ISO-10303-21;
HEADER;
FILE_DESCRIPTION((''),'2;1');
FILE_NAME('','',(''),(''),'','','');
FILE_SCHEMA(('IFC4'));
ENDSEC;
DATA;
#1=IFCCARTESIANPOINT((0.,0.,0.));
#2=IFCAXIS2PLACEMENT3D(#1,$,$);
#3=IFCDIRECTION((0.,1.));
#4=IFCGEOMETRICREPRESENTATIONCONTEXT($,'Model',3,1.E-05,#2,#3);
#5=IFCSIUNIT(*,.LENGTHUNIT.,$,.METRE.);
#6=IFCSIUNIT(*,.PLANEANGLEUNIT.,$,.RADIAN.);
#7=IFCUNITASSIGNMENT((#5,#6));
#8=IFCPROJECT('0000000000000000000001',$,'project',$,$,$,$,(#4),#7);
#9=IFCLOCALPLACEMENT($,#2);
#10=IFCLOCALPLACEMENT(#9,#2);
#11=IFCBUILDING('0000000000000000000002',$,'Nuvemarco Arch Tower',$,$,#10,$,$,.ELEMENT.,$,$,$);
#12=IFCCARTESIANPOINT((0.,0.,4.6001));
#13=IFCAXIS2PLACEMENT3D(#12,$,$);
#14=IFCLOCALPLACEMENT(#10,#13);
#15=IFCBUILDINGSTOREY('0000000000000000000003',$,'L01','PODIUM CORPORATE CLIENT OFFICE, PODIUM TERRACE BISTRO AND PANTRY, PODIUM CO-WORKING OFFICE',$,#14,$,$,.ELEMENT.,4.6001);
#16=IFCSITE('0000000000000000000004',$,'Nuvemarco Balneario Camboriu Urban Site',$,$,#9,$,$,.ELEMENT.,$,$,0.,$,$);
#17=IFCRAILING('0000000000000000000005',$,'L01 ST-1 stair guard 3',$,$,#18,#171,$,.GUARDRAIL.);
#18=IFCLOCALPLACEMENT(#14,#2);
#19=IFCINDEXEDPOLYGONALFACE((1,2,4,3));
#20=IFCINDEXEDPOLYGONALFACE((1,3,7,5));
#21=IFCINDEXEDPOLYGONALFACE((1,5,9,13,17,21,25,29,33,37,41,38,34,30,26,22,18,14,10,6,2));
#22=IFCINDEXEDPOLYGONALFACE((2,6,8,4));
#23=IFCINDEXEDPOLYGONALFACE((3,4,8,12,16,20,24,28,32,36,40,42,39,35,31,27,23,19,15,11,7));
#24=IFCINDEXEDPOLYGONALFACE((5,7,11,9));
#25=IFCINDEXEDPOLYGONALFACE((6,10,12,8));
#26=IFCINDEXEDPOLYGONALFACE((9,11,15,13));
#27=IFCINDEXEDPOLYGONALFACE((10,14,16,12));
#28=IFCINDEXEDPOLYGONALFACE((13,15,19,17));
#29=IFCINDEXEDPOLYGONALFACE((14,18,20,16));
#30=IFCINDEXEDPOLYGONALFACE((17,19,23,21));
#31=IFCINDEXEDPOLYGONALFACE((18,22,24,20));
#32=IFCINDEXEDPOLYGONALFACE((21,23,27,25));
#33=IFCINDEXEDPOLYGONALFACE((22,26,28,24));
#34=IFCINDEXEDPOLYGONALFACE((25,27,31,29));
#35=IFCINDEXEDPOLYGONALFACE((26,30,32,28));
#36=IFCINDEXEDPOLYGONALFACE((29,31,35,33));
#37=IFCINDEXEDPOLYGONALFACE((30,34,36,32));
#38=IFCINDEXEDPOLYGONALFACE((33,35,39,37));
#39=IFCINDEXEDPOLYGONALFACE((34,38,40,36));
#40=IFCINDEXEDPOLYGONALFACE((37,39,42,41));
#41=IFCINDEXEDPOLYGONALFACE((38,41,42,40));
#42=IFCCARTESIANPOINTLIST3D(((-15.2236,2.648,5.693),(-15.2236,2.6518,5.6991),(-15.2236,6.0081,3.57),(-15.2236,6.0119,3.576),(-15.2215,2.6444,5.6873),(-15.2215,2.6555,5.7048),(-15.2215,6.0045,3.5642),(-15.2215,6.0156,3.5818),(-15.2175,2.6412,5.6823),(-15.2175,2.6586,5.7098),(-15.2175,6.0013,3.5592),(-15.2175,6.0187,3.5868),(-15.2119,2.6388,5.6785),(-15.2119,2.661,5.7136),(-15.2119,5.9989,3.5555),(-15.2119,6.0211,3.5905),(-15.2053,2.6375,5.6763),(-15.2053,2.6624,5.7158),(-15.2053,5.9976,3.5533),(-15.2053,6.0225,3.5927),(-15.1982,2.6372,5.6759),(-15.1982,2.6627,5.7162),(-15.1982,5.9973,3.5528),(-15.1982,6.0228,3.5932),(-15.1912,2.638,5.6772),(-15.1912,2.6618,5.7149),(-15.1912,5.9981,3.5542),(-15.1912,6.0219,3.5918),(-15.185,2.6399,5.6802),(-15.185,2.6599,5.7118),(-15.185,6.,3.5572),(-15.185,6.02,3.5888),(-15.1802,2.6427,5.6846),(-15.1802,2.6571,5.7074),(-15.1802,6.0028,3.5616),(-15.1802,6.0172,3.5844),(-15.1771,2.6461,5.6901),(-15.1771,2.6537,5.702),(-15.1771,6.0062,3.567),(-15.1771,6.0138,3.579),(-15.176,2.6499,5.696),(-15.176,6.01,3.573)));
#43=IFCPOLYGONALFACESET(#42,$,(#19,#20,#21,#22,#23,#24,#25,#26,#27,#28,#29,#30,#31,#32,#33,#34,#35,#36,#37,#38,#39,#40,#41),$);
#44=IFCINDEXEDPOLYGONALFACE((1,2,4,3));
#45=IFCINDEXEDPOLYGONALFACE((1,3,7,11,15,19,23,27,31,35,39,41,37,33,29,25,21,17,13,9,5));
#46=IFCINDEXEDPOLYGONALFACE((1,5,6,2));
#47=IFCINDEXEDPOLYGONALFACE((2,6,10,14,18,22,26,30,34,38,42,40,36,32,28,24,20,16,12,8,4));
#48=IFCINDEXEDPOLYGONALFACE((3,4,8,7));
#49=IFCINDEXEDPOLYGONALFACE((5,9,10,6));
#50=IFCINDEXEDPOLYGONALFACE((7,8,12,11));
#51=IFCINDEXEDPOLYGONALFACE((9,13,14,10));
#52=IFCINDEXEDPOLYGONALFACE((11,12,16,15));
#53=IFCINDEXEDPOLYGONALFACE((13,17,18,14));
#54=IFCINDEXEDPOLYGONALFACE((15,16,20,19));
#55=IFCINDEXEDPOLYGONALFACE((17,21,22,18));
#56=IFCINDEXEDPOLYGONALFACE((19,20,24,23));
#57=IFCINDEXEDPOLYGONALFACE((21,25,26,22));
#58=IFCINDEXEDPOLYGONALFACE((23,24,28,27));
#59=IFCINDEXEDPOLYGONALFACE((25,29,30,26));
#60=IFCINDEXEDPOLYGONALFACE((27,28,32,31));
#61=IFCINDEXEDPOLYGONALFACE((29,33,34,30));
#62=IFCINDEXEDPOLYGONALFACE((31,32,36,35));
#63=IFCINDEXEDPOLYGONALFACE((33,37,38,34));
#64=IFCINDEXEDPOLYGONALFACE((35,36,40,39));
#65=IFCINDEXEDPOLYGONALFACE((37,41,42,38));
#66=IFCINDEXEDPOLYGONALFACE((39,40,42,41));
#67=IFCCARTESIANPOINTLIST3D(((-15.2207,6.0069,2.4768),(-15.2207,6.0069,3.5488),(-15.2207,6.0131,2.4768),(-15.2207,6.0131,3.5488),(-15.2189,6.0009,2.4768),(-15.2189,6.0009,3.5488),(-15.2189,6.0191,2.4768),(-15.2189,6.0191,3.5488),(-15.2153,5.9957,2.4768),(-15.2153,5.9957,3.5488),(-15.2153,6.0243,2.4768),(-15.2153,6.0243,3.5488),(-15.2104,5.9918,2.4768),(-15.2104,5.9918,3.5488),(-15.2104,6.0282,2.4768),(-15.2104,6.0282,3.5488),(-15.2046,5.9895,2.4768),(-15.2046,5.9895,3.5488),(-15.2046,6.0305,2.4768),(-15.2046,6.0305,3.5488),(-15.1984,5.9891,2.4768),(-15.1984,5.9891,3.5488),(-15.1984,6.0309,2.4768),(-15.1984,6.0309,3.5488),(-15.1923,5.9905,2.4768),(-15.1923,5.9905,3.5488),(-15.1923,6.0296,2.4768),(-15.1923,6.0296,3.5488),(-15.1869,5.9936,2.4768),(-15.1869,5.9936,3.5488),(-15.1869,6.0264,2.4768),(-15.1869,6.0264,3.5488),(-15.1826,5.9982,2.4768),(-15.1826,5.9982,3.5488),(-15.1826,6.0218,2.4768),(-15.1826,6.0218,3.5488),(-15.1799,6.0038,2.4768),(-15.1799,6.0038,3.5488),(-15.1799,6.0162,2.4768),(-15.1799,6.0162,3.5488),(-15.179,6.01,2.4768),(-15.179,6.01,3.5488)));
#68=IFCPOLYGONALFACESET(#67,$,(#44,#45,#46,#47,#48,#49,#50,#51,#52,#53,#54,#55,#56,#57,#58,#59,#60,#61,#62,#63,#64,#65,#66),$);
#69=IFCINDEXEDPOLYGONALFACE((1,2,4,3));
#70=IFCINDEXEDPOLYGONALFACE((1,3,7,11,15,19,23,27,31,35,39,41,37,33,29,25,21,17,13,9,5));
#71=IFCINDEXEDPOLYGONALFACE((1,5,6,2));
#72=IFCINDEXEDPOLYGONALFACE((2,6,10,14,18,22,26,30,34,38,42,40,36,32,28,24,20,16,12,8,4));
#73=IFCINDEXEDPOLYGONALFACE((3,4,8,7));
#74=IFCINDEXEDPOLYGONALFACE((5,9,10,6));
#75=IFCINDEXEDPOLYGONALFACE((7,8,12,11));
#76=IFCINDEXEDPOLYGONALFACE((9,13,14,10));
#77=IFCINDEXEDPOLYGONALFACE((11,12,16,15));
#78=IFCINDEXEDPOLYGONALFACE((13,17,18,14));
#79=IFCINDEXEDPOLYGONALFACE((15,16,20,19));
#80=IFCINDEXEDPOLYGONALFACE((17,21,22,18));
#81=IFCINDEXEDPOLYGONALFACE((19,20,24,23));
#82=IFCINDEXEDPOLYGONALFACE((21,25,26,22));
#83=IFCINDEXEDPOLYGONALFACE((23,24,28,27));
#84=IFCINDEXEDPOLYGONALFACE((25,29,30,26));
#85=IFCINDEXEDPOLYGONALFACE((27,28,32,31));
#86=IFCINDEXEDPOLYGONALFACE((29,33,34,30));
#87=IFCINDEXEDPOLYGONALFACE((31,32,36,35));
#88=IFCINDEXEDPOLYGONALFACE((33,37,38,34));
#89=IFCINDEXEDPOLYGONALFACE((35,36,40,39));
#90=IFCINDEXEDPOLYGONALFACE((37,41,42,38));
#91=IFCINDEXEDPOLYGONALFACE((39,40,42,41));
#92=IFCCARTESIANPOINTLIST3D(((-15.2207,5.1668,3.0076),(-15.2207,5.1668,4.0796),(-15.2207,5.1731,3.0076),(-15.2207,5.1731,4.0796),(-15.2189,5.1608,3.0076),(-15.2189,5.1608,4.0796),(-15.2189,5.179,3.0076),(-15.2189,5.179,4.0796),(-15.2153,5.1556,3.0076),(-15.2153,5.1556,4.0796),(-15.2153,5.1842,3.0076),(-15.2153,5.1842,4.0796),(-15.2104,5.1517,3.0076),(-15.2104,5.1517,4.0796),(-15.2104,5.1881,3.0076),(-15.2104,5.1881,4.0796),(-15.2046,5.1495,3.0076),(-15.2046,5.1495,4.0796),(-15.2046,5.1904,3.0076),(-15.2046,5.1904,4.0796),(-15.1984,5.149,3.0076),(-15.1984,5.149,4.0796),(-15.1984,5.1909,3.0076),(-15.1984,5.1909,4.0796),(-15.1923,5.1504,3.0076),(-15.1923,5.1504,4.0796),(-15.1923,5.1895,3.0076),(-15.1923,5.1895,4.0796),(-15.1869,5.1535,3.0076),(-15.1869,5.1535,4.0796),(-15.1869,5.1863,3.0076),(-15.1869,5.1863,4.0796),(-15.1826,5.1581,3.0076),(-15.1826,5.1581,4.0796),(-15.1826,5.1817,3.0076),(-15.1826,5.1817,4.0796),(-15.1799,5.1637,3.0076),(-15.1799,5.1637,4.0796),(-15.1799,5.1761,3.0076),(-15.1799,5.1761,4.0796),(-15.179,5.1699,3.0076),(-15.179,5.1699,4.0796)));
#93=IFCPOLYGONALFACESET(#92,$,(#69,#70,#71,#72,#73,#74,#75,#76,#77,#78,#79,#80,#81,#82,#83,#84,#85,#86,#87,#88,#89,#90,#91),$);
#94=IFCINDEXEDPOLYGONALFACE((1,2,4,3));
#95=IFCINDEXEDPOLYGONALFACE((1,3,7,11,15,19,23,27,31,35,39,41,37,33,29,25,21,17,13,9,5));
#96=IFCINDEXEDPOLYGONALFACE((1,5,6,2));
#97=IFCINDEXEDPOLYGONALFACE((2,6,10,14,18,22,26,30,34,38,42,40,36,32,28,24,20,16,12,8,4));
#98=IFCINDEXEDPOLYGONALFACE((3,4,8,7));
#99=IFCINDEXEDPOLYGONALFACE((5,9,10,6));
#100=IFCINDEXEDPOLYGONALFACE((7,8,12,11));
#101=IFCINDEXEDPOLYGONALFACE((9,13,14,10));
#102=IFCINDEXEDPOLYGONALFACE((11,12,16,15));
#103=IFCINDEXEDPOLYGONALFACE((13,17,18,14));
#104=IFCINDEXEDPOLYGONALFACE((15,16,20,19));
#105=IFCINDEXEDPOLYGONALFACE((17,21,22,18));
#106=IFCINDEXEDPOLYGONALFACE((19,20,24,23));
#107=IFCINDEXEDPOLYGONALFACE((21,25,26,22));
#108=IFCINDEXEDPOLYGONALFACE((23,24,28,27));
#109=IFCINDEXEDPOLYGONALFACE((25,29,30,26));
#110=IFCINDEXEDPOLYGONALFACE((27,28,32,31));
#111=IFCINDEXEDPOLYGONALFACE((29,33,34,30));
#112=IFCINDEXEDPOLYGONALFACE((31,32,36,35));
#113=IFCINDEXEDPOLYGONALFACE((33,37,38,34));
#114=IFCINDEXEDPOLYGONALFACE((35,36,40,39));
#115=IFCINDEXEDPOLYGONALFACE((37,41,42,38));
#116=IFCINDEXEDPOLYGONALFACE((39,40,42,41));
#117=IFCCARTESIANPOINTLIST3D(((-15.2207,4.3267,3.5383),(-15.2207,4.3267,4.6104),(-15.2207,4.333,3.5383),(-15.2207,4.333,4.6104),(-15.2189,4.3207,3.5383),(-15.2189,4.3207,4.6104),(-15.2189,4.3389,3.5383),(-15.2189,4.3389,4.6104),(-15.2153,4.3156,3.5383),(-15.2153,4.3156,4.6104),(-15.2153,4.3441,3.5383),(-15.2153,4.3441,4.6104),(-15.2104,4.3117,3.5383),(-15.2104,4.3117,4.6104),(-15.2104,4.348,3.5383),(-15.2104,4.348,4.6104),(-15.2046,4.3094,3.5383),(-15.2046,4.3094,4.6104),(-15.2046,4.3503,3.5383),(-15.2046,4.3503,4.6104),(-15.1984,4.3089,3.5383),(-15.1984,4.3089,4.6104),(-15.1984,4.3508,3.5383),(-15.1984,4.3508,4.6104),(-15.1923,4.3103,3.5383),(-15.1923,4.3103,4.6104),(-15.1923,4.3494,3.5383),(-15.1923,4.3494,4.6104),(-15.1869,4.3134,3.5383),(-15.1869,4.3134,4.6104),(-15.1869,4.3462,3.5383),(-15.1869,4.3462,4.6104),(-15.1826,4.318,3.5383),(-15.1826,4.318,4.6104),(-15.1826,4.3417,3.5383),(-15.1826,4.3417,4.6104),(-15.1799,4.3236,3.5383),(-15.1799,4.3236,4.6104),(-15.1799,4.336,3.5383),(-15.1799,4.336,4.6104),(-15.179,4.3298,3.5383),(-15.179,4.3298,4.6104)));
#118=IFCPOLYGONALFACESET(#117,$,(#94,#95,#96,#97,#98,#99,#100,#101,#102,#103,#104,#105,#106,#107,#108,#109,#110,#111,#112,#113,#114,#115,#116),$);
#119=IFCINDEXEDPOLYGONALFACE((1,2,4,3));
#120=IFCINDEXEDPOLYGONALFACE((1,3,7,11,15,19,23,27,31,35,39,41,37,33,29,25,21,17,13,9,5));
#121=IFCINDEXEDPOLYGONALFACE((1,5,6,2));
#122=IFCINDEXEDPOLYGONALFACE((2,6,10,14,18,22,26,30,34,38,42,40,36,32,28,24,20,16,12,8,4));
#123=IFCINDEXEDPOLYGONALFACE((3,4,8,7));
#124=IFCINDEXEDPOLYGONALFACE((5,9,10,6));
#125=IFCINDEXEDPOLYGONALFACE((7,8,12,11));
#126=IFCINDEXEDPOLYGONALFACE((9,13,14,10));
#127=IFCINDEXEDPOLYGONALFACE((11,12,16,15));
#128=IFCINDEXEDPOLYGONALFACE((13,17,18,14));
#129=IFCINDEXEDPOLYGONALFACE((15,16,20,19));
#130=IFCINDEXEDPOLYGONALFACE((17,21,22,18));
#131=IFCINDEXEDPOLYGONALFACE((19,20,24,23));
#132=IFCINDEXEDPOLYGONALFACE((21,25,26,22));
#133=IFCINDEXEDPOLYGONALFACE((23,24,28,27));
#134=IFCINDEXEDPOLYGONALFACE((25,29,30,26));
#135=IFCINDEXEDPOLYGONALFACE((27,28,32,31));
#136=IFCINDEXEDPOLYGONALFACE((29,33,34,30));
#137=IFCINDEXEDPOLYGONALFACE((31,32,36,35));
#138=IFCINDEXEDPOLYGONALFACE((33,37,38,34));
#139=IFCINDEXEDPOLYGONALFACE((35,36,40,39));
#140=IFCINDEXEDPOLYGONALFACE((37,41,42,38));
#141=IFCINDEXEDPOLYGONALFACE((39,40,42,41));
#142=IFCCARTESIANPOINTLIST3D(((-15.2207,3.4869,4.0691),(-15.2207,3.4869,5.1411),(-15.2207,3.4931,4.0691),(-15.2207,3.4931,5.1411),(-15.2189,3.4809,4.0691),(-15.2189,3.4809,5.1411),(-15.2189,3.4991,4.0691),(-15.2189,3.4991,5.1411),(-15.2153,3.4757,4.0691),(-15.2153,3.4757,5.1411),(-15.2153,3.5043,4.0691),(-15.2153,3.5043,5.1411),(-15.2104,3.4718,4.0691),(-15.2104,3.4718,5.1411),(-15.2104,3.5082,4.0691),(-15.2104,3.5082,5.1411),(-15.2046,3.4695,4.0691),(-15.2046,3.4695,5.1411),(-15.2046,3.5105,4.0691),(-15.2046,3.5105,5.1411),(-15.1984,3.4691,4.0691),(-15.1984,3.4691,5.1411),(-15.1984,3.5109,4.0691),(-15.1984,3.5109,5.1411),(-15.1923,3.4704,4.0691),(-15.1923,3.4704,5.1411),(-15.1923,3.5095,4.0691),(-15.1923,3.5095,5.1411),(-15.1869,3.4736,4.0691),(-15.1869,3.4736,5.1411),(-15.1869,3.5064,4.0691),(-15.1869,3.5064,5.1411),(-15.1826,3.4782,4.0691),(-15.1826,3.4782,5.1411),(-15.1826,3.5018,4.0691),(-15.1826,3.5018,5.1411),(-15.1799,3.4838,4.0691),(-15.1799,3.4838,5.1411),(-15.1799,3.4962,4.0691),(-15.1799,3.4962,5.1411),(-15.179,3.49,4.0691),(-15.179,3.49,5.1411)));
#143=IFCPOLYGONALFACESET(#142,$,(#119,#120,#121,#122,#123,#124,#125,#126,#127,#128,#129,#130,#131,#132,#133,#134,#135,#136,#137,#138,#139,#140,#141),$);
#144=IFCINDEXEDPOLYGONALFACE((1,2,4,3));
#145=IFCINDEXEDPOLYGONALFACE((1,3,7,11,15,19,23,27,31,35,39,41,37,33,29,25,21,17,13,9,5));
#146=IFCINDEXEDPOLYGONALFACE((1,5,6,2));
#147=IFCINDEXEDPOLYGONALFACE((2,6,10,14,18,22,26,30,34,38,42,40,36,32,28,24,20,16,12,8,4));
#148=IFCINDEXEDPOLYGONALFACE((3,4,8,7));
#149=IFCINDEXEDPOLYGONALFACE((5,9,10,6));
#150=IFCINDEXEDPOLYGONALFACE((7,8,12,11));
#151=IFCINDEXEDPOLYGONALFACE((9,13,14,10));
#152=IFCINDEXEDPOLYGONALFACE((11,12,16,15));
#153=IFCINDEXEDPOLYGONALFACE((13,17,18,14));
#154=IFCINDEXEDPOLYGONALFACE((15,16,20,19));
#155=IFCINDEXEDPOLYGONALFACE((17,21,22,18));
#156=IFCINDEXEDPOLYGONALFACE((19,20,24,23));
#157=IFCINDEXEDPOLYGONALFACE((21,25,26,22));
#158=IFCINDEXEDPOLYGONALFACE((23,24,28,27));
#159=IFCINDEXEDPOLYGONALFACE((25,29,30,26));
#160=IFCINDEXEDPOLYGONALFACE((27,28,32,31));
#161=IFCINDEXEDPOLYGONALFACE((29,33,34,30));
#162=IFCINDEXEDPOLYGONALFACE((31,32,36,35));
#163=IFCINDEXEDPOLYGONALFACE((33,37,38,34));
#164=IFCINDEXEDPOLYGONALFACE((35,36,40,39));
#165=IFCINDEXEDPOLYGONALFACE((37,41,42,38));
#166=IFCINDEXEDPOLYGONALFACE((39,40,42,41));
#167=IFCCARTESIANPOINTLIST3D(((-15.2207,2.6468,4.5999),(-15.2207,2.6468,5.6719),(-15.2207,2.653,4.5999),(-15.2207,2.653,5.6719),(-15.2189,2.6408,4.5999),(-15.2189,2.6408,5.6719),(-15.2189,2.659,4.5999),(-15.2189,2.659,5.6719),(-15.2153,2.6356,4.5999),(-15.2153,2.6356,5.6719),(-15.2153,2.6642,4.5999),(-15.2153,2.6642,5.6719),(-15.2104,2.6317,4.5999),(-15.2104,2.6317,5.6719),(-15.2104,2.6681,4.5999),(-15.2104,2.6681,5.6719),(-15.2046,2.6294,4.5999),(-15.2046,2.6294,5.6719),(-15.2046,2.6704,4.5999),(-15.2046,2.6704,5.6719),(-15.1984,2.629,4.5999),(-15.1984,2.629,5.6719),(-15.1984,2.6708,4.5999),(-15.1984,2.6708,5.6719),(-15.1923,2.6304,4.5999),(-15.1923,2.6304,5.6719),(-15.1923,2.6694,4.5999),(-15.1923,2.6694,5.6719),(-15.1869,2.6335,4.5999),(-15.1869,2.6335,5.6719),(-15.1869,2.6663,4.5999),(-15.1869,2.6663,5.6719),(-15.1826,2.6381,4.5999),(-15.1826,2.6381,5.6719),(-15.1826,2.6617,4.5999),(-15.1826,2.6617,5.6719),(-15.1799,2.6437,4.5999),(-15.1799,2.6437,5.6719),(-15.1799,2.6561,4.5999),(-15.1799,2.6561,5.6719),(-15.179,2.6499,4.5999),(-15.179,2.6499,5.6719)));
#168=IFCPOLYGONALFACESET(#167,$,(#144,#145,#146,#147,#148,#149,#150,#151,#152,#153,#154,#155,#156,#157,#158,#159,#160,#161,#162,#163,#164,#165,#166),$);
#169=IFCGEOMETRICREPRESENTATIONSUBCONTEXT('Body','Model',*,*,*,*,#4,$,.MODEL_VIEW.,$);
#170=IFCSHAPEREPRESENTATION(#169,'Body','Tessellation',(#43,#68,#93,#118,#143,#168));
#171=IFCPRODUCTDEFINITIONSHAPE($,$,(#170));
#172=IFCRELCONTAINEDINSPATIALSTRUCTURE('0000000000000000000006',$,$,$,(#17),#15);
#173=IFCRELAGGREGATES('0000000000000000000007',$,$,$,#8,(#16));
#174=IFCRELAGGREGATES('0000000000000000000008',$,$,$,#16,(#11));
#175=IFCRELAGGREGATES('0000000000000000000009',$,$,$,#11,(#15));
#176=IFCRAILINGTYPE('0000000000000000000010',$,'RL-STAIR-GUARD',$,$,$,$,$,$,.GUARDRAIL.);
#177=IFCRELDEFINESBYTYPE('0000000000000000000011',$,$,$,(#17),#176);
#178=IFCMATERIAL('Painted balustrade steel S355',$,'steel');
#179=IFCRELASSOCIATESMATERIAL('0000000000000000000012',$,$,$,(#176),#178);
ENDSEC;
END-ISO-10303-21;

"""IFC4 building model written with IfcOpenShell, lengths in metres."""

from ifc_helpers import new_model, si_unit, direction, frame, origin, origin_2d, place, context, subcontext, project, spatial, circle, extrude, material, type_object, element, save


model = new_model("IFC4")

# Units and contexts
model_context = context("Model", 3, precision=1e-05, world=origin(), true_north=direction((0.0, 1.0)))
body_context = subcontext(model_context, "Body", "Model", "MODEL_VIEW")
ifc_project = project(units=[si_unit("LENGTHUNIT", "METRE"), si_unit("PLANEANGLEUNIT", "RADIAN")], contexts=[model_context])

# Site, building, storey
site_placement = place(None, origin())
site = spatial("IfcSite", under=ifc_project, at=site_placement, Name="Nuvemarco Balneario Camboriu Urban Site", CompositionType="ELEMENT", RefElevation=0.0)
building_placement = place(site_placement, origin())
building = spatial("IfcBuilding", under=site, at=building_placement, Name="Nuvemarco Arch Tower", CompositionType="ELEMENT")
storey_placement = place(building_placement, frame((0.0, 0.0, 4.6001)))
storey = spatial("IfcBuildingStorey", under=building, at=storey_placement, Name="L01", Description="PODIUM CORPORATE CLIENT OFFICE, PODIUM TERRACE BISTRO AND PANTRY, PODIUM CO-WORKING OFFICE", CompositionType="ELEMENT", Elevation=4.6001)

# Railing
ifc_material_1 = material(Name="Painted balustrade steel S355", Category="steel")
railing_type_1 = type_object("IfcRailingType", Name="RL-STAIR-GUARD", PredefinedType="GUARDRAIL", material=ifc_material_1)
railing_1_placement = place(storey_placement, frame((-15.2, 6.01, 2.4768)))
element("IfcRailing", 1, at=railing_1_placement, inside=storey, type_object=railing_type_1, Name="L01 ST-1 stair guard 3", PredefinedType="GUARDRAIL", context=body_context, shape_type="SweptSolid", body=[
    extrude(circle(Radius=0.0239, at=origin_2d()), frame((0.0, 0.0, 1.0962), z_axis=(0.0, -0.84539, 0.53415), x_axis=(1.0, 0.0, 0.0)), (0.0, 0.0, 1.0), 3.9746),
    extrude(circle(Radius=0.021, at=origin_2d()), origin(), (0.0, 0.0, 1.0), 1.072),
    extrude(circle(Radius=0.021, at=origin_2d()), frame((0.0, -0.8401, 0.5308)), (0.0, 0.0, 1.0), 1.072),
    extrude(circle(Radius=0.021, at=origin_2d()), frame((0.0, -1.6802, 1.0615)), (0.0, 0.0, 1.0), 1.072),
    extrude(circle(Radius=0.021, at=origin_2d()), frame((0.0, -2.52, 1.5923)), (0.0, 0.0, 1.0), 1.072),
    extrude(circle(Radius=0.021, at=origin_2d()), frame((0.0, -3.3601, 2.123)), (0.0, 0.0, 1.0), 1.072),
])

save(model, "model.ifc")
